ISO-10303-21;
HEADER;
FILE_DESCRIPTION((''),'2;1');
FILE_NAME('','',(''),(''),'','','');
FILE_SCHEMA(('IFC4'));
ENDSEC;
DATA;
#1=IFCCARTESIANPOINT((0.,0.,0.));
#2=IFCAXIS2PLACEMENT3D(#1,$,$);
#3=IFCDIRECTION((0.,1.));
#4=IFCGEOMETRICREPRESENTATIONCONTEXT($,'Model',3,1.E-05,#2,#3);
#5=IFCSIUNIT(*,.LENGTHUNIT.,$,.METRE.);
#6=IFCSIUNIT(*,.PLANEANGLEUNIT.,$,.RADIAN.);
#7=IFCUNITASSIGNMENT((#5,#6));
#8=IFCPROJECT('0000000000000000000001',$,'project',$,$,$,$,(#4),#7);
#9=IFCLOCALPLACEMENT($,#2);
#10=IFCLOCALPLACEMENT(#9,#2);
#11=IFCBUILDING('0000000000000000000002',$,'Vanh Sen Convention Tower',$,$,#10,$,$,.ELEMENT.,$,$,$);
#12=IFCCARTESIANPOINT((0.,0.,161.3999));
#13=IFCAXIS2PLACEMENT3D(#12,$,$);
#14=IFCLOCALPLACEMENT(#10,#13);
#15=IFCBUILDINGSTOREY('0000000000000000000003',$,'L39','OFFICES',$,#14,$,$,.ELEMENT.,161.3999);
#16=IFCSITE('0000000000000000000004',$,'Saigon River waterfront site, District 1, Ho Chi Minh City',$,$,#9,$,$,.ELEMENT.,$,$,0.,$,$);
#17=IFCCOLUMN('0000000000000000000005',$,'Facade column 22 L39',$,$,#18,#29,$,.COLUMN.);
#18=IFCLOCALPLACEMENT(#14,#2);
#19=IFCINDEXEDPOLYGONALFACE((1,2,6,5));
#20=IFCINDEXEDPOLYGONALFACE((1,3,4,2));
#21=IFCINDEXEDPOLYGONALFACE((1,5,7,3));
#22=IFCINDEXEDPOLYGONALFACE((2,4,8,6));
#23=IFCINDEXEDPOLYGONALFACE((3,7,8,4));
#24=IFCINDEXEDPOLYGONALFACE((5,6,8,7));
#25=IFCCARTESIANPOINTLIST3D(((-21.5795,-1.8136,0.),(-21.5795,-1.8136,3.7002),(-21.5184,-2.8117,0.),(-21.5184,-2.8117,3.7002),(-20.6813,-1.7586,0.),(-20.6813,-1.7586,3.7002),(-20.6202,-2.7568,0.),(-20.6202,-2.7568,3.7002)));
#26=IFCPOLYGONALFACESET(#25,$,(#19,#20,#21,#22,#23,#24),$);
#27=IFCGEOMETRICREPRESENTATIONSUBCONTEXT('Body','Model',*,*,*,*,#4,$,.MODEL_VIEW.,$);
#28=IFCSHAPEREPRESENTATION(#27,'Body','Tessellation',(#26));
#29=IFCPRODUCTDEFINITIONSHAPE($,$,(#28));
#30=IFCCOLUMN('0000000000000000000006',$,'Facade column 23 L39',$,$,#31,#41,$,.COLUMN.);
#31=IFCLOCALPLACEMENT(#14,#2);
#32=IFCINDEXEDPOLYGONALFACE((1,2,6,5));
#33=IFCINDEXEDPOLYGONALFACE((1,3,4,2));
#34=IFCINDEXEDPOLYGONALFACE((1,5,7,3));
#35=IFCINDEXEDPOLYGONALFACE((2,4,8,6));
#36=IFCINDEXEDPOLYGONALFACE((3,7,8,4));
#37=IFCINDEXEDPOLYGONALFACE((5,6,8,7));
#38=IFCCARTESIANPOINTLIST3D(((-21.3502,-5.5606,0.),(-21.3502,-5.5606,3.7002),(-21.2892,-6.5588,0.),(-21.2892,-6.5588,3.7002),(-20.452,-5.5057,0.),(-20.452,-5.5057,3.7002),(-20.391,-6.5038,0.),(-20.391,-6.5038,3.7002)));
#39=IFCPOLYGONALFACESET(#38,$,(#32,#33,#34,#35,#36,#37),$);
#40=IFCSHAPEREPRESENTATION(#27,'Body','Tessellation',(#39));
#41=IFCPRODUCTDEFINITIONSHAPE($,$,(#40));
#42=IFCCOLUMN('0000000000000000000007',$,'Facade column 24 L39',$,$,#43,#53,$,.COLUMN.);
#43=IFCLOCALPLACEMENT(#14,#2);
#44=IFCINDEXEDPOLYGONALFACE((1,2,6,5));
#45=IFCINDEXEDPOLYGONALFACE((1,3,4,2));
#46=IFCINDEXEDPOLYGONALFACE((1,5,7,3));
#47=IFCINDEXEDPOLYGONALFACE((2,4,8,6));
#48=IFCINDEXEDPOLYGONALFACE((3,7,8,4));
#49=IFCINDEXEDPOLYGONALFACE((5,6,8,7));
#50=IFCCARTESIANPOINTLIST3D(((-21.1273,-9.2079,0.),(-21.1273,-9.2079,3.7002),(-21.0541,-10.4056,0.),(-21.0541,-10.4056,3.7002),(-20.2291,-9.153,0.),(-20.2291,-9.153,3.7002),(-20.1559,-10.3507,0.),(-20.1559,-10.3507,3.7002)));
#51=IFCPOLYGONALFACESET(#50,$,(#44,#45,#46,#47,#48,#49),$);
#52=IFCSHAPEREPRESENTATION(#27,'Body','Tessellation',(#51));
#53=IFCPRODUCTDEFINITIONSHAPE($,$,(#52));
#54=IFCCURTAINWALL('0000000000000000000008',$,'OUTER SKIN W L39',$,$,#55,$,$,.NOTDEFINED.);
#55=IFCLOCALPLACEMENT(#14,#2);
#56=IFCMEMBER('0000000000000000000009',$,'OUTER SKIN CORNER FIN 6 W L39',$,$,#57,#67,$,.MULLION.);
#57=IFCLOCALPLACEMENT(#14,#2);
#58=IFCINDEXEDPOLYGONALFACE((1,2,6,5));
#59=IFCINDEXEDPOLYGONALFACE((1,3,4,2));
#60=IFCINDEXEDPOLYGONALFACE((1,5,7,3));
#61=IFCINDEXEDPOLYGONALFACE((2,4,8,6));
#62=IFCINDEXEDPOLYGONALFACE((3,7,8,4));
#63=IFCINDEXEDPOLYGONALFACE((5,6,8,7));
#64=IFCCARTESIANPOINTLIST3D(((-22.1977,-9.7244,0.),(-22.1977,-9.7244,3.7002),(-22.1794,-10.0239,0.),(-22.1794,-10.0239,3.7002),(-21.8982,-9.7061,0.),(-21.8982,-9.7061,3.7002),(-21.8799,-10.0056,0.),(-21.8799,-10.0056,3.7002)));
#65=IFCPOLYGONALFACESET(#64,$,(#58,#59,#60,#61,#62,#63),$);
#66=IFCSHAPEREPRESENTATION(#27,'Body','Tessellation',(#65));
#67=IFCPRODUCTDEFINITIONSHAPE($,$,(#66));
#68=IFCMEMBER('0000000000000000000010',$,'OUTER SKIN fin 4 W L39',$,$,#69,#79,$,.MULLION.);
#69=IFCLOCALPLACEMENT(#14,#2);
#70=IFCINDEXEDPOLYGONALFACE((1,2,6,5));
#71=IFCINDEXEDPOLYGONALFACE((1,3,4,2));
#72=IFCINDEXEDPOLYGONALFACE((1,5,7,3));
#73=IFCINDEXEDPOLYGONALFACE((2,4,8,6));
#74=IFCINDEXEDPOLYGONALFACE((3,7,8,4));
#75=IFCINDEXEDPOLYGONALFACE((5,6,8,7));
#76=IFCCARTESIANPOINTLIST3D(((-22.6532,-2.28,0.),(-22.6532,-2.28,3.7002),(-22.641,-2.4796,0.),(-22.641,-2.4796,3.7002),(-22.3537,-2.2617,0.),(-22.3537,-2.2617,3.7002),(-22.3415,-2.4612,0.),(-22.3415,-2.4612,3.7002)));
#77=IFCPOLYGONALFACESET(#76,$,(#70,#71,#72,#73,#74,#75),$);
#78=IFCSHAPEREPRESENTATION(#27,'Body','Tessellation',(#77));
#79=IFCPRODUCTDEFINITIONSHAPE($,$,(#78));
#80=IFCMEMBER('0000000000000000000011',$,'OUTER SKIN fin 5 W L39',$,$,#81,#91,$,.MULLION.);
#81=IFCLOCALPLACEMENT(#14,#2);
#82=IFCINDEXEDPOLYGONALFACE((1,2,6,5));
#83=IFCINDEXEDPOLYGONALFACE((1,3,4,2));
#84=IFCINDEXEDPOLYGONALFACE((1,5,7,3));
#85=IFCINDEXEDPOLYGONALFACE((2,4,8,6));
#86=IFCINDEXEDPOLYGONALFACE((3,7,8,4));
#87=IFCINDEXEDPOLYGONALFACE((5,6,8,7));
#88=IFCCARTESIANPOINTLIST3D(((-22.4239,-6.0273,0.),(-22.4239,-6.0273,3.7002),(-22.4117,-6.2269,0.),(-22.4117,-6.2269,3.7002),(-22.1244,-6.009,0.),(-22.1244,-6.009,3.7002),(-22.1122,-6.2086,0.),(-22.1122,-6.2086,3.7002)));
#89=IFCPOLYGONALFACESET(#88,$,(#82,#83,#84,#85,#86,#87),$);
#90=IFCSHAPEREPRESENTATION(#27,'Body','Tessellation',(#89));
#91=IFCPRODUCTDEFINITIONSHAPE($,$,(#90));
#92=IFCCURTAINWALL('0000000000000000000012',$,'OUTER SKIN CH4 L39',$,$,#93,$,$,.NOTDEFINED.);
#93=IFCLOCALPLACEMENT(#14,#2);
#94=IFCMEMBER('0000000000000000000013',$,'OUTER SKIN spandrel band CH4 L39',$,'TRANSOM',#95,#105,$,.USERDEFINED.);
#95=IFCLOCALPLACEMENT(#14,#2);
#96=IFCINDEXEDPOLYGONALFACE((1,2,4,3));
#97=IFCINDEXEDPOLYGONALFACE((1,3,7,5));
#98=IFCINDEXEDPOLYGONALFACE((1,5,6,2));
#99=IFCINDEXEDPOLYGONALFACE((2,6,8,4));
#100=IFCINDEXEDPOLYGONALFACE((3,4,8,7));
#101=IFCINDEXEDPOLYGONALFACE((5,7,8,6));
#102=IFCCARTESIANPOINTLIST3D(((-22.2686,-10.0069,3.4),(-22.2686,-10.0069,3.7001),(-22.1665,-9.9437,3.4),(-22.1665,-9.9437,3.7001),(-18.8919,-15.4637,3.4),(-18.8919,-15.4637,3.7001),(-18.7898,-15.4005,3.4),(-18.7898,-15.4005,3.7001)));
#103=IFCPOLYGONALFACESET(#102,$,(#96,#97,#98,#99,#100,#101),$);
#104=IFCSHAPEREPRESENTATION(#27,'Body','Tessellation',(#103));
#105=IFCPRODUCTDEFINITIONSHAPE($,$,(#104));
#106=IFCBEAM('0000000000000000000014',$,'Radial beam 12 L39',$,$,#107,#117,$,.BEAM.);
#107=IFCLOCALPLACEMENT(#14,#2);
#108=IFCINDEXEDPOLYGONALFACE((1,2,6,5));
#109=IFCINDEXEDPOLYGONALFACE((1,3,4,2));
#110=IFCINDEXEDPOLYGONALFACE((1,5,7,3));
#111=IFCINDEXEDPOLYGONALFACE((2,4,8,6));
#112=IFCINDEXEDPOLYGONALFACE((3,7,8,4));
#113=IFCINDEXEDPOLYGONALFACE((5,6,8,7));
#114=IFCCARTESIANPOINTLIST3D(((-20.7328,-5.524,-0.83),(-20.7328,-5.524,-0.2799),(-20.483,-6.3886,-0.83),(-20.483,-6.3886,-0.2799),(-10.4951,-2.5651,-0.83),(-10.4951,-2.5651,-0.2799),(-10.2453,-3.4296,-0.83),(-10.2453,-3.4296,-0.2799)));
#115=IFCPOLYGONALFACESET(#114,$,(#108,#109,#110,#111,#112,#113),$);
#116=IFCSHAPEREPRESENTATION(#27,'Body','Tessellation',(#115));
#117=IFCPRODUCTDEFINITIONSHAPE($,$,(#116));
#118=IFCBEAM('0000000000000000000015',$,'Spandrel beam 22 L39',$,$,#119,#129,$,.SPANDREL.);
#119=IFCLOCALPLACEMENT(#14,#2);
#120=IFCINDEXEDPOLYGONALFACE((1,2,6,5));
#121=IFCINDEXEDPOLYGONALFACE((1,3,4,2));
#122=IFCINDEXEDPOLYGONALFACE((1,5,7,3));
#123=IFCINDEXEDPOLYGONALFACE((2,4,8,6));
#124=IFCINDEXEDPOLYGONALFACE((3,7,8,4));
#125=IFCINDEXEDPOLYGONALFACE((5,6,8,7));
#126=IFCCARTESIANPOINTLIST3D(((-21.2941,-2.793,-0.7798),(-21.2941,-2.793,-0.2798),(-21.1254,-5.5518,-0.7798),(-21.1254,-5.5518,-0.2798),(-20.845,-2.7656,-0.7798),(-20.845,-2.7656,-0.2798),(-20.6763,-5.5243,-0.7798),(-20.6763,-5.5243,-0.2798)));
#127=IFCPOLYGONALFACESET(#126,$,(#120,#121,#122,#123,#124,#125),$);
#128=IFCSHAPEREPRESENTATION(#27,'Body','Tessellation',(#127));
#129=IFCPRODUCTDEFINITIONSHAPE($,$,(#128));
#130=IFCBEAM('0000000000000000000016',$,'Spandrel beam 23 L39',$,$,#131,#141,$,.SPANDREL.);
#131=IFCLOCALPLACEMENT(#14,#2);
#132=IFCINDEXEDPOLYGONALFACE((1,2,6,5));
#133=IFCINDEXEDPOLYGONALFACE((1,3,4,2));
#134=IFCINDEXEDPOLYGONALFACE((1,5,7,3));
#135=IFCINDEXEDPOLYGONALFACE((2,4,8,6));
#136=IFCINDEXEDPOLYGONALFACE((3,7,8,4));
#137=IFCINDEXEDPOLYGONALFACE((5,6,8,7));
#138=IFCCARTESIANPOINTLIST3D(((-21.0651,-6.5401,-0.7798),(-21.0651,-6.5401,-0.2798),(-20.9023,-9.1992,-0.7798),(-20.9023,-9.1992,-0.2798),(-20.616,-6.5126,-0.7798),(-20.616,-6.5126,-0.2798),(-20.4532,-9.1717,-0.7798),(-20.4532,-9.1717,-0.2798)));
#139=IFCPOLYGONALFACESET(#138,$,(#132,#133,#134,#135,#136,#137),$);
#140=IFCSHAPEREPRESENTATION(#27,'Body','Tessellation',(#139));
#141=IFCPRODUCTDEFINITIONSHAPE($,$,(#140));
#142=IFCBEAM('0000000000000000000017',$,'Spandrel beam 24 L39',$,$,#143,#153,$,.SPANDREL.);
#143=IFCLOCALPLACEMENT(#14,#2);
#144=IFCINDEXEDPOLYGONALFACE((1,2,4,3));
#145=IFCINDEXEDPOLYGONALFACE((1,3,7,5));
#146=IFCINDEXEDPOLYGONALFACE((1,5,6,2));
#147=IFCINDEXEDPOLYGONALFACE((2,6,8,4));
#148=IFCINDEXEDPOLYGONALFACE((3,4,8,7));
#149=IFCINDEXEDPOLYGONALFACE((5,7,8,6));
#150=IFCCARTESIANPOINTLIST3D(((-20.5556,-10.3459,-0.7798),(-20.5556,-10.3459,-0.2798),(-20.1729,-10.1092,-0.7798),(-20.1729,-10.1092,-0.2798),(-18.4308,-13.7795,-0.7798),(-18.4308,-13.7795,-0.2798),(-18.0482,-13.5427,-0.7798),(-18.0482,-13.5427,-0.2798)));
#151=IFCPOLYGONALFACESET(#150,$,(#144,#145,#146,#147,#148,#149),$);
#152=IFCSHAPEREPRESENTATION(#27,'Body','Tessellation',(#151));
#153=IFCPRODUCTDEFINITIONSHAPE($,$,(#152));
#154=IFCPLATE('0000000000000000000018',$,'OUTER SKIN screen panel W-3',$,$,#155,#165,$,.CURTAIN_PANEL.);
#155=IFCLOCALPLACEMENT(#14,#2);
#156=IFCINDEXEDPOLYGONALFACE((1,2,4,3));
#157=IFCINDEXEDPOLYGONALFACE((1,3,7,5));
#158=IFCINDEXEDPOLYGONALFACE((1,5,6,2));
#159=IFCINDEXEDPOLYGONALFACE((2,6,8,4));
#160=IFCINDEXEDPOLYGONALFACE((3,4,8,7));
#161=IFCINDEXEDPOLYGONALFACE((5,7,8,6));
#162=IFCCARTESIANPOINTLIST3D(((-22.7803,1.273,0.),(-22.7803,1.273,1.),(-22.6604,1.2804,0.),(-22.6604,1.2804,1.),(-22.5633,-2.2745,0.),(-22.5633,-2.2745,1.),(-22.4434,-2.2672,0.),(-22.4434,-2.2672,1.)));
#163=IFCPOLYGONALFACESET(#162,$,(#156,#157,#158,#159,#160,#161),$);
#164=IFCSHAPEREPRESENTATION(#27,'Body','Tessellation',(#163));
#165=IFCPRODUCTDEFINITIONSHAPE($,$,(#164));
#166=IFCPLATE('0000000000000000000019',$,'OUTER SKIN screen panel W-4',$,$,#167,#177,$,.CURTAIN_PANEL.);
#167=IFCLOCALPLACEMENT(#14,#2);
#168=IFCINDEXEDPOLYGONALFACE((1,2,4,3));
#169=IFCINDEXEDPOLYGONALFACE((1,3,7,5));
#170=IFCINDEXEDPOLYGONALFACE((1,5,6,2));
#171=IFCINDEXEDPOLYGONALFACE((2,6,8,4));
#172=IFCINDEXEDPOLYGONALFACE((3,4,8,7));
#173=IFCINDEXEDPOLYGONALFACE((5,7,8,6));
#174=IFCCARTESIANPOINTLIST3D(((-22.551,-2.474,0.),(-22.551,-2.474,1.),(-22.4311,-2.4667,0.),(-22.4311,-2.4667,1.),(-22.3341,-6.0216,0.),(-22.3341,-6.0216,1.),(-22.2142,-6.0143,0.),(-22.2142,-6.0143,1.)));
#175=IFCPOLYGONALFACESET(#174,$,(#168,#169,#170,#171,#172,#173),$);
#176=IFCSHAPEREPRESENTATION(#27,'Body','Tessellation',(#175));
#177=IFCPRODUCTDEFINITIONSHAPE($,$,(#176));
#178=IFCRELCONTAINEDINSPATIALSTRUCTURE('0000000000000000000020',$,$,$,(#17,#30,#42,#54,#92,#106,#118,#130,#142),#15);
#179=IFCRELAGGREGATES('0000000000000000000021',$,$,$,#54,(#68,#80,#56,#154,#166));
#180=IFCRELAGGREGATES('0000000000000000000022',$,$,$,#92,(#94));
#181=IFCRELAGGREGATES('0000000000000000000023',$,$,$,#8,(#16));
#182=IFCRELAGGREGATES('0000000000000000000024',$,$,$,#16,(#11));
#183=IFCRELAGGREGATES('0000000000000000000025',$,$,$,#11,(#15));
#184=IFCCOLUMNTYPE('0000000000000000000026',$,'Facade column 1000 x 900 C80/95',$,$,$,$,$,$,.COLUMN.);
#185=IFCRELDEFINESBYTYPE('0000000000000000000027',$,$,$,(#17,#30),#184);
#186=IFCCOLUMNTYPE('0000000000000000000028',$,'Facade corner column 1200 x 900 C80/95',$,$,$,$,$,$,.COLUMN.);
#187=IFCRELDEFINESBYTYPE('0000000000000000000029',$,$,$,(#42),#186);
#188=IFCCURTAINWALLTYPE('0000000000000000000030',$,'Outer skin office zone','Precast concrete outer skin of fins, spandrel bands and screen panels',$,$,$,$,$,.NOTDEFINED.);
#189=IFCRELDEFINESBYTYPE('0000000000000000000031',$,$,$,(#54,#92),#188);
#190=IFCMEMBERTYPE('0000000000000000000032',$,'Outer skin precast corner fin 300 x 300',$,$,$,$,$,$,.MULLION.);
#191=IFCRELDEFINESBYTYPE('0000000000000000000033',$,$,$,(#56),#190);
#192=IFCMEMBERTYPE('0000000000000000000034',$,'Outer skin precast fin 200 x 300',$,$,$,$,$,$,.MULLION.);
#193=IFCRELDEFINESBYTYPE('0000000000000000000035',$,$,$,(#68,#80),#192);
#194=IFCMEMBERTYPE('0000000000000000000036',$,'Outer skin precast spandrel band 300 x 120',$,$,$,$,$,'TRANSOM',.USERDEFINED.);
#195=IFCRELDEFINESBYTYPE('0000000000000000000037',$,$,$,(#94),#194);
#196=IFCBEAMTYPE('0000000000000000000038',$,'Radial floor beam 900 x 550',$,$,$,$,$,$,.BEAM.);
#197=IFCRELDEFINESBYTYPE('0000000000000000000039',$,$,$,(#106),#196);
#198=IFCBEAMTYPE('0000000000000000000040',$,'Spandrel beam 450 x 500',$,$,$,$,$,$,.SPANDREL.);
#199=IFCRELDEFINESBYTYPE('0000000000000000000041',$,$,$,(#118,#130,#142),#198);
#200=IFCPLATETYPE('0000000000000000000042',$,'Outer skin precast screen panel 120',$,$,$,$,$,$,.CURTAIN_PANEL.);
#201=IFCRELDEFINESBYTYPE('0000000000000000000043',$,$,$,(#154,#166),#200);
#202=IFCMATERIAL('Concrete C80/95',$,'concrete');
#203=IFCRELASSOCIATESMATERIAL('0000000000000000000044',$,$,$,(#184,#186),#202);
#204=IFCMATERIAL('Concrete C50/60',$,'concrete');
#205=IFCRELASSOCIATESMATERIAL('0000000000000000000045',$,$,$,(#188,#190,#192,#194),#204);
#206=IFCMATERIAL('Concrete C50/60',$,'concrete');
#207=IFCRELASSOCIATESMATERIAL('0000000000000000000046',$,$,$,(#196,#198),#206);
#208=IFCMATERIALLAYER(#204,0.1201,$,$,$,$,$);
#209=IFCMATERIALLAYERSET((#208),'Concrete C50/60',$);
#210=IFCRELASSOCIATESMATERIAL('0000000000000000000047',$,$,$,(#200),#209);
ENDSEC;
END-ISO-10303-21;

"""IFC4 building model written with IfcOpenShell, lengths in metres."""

from ifc_helpers import new_model, si_unit, direction, frame, origin, origin_2d, place, context, subcontext, project, spatial, rectangle, extrude, material, layer, layer_set, material_profile, profile_set, type_object, element, aggregate, save


model = new_model("IFC4")

# Units and contexts
model_context = context("Model", 3, precision=1e-05, world=origin(), true_north=direction((0.0, 1.0)))
body_context = subcontext(model_context, "Body", "Model", "MODEL_VIEW")
ifc_project = project(units=[si_unit("LENGTHUNIT", "METRE"), si_unit("PLANEANGLEUNIT", "RADIAN")], contexts=[model_context])

# Site, building, storey
site_placement = place(None, origin())
site = spatial("IfcSite", under=ifc_project, at=site_placement, Name="Saigon River waterfront site, District 1, Ho Chi Minh City", CompositionType="ELEMENT", RefElevation=0.0)
building_placement = place(site_placement, origin())
building = spatial("IfcBuilding", under=site, at=building_placement, Name="Vanh Sen Convention Tower", CompositionType="ELEMENT")
storey_placement = place(building_placement, frame((0.0, 0.0, 161.3999)))
storey = spatial("IfcBuildingStorey", under=building, at=storey_placement, Name="L39", Description="OFFICES", CompositionType="ELEMENT", Elevation=161.3999)

# Columns
ifc_material_1 = material(Name="Concrete C80/95", Category="concrete")
ifc_material_profile_1 = material_profile(ifc_material_1, rectangle(XDim=1.0, YDim=0.8999, at=origin_2d()), Name="RC 1000X900")
ifc_profile_set_1 = profile_set([ifc_material_profile_1], Name="Concrete C80/95")
column_type_1 = type_object("IfcColumnType", Name="Facade column 1000 x 900 C80/95", PredefinedType="COLUMN", material=ifc_profile_set_1)
for number, where, z_axis, x_axis, name in (
    (1, (-21.0999, -2.2852, 0.0), (0.0, 0.0, 1.0), (0.061049, -0.998135, 0.0), "Facade column 22 L39"),
    (2, (-20.8706, -6.0322, 0.0), (0.0, 0.0, 1.0), (0.061049, -0.998135, 0.0), "Facade column 23 L39"),
):
    element("IfcColumn", number, at=place(storey_placement, frame(where, z_axis=z_axis, x_axis=x_axis)), inside=storey, type_object=column_type_1, Name=name, PredefinedType="COLUMN", context=body_context, shape_type="SweptSolid", body=[
        extrude(rectangle(XDim=1.0, YDim=0.8999, at=origin_2d()), origin(), (0.0, 0.0, 1.0), 3.7002),
    ])
ifc_material_profile_2 = material_profile(ifc_material_1, rectangle(XDim=1.2, YDim=0.8999, at=origin_2d()), Name="RC 1200X900")
ifc_profile_set_2 = profile_set([ifc_material_profile_2], Name="Concrete C80/95")
column_type_2 = type_object("IfcColumnType", Name="Facade corner column 1200 x 900 C80/95", PredefinedType="COLUMN", material=ifc_profile_set_2)
column_placement = place(storey_placement, frame((-20.6416, -9.7793, 0.0), z_axis=(0.0, 0.0, 1.0), x_axis=(0.061049, -0.998135, 0.0)))
element("IfcColumn", 3, at=column_placement, inside=storey, type_object=column_type_2, Name="Facade column 24 L39", PredefinedType="COLUMN", context=body_context, shape_type="SweptSolid", body=[
    extrude(rectangle(XDim=1.2, YDim=0.8999, at=origin_2d()), origin(), (0.0, 0.0, 1.0), 3.7002),
])

# Curtain wall, members
ifc_material_2 = material(Name="Concrete C50/60", Category="concrete")
curtain_wall_type = type_object("IfcCurtainWallType", Name="Outer skin office zone", Description="Precast concrete outer skin of fins, spandrel bands and screen panels", PredefinedType="NOTDEFINED", material=ifc_material_2)
curtain_wall_1_placement = place(storey_placement, origin())
curtain_wall_1 = element("IfcCurtainWall", 4, at=curtain_wall_1_placement, inside=storey, type_object=curtain_wall_type, Name="OUTER SKIN W L39", PredefinedType="NOTDEFINED")
ifc_material_profile_3 = material_profile(ifc_material_2, rectangle(XDim=0.3, YDim=0.3, at=origin_2d()), Name="Outer skin precast corner fin 300 x 300")
ifc_profile_set_3 = profile_set([ifc_material_profile_3], Name="Concrete C50/60")
member_type_1 = type_object("IfcMemberType", Name="Outer skin precast corner fin 300 x 300", PredefinedType="MULLION", material=ifc_profile_set_3)
member_1_placement = place(storey_placement, frame((-22.0388, -9.865, 0.0), z_axis=(0.0, 0.0, 1.0), x_axis=(0.061049, -0.998135, 0.0)))
member_1 = element("IfcMember", 5, at=member_1_placement, type_object=member_type_1, Name="OUTER SKIN CORNER FIN 6 W L39", PredefinedType="MULLION", context=body_context, shape_type="SweptSolid", body=[
    extrude(rectangle(XDim=0.3, YDim=0.3, at=origin_2d()), origin(), (0.0, 0.0, 1.0), 3.7002),
])
ifc_material_profile_4 = material_profile(ifc_material_2, rectangle(XDim=0.2, YDim=0.3, at=origin_2d()), Name="Outer skin precast fin 200 x 300")
ifc_profile_set_4 = profile_set([ifc_material_profile_4], Name="Concrete C50/60")
member_type_2 = type_object("IfcMemberType", Name="Outer skin precast fin 200 x 300", PredefinedType="MULLION", material=ifc_profile_set_4)
member_2_placement = place(storey_placement, frame((-22.4973, -2.3706, 0.0), z_axis=(0.0, 0.0, 1.0), x_axis=(0.061049, -0.998135, 0.0)))
member_2 = element("IfcMember", 6, at=member_2_placement, type_object=member_type_2, Name="OUTER SKIN fin 4 W L39", PredefinedType="MULLION", context=body_context, shape_type="SweptSolid", body=[
    extrude(rectangle(XDim=0.2, YDim=0.3, at=origin_2d()), origin(), (0.0, 0.0, 1.0), 3.7002),
])
member_3_placement = place(storey_placement, frame((-22.2681, -6.1179, 0.0), z_axis=(0.0, 0.0, 1.0), x_axis=(0.061049, -0.998135, 0.0)))
member_3 = element("IfcMember", 7, at=member_3_placement, type_object=member_type_2, Name="OUTER SKIN fin 5 W L39", PredefinedType="MULLION", context=body_context, shape_type="SweptSolid", body=[
    extrude(rectangle(XDim=0.2, YDim=0.3, at=origin_2d()), origin(), (0.0, 0.0, 1.0), 3.7002),
])

# Curtain wall, member
curtain_wall_2_placement = place(storey_placement, origin())
curtain_wall_2 = element("IfcCurtainWall", 8, at=curtain_wall_2_placement, inside=storey, type_object=curtain_wall_type, Name="OUTER SKIN CH4 L39", PredefinedType="NOTDEFINED")
ifc_material_profile_5 = material_profile(ifc_material_2, rectangle(XDim=0.1201, YDim=0.3, at=origin_2d()), Name="Outer skin precast spandrel band 300 x 120")
ifc_profile_set_5 = profile_set([ifc_material_profile_5], Name="Concrete C50/60")
member_type_3 = type_object("IfcMemberType", Name="Outer skin precast spandrel band 300 x 120", ElementType="TRANSOM", PredefinedType="USERDEFINED", material=ifc_profile_set_5)
member_4_placement = place(storey_placement, frame((-22.2175, -9.9753, 3.55), z_axis=(0.526208, -0.850356, 0.0), x_axis=(0.850356, 0.526208, 0.0)))
member_4 = element("IfcMember", 9, at=member_4_placement, type_object=member_type_3, Name="OUTER SKIN spandrel band CH4 L39", ObjectType="TRANSOM", PredefinedType="USERDEFINED", context=body_context, shape_type="SweptSolid", body=[
    extrude(rectangle(XDim=0.1201, YDim=0.3, at=origin_2d()), origin(), (0.0, 0.0, 1.0), 6.417),
])

# Beams
ifc_material_3 = material(Name="Concrete C50/60", Category="concrete")
ifc_material_profile_6 = material_profile(ifc_material_3, rectangle(XDim=0.8999, YDim=0.55, at=origin_2d()), Name="RC 900X550")
ifc_profile_set_6 = profile_set([ifc_material_profile_6], Name="Concrete C50/60")
beam_type_1 = type_object("IfcBeamType", Name="Radial floor beam 900 x 550", PredefinedType="BEAM", material=ifc_profile_set_6)
beam_1_placement = place(storey_placement, frame((-20.6079, -5.9563, -0.5549), z_axis=(0.960679, 0.277661, 0.0), x_axis=(-0.277661, 0.960679, 0.0)))
element("IfcBeam", 10, at=beam_1_placement, inside=storey, type_object=beam_type_1, Name="Radial beam 12 L39", PredefinedType="BEAM", context=body_context, shape_type="SweptSolid", body=[
    extrude(rectangle(XDim=0.8999, YDim=0.55, at=origin_2d()), origin(), (0.0, 0.0, 1.0), 10.6567),
])
ifc_material_profile_7 = material_profile(ifc_material_3, rectangle(XDim=0.45, YDim=0.5, at=origin_2d()), Name="RC 450X500")
ifc_profile_set_7 = profile_set([ifc_material_profile_7], Name="Concrete C50/60")
beam_type_2 = type_object("IfcBeamType", Name="Spandrel beam 450 x 500", PredefinedType="SPANDREL", material=ifc_profile_set_7)
beam_2_placement = place(storey_placement, frame((-21.0696, -2.7793, -0.5298), z_axis=(0.061036, -0.998136, 0.0), x_axis=(0.998136, 0.061036, 0.0)))
element("IfcBeam", 11, at=beam_2_placement, inside=storey, type_object=beam_type_2, Name="Spandrel beam 22 L39", PredefinedType="SPANDREL", context=body_context, shape_type="SweptSolid", body=[
    extrude(rectangle(XDim=0.45, YDim=0.5, at=origin_2d()), origin(), (0.0, 0.0, 1.0), 2.7639),
])
beam_3_placement = place(storey_placement, frame((-20.8406, -6.5264, -0.5298), z_axis=(0.061123, -0.99813, 0.0), x_axis=(0.99813, 0.061123, 0.0)))
element("IfcBeam", 12, at=beam_3_placement, inside=storey, type_object=beam_type_2, Name="Spandrel beam 23 L39", PredefinedType="SPANDREL", context=body_context, shape_type="SweptSolid", body=[
    extrude(rectangle(XDim=0.45, YDim=0.5, at=origin_2d()), origin(), (0.0, 0.0, 1.0), 2.6641),
])
beam_4_placement = place(storey_placement, frame((-20.3643, -10.2275, -0.5298), z_axis=(0.526211, -0.850354, 0.0), x_axis=(0.850354, 0.526211, 0.0)))
element("IfcBeam", 13, at=beam_4_placement, inside=storey, type_object=beam_type_2, Name="Spandrel beam 24 L39", PredefinedType="SPANDREL", context=body_context, shape_type="SweptSolid", body=[
    extrude(rectangle(XDim=0.45, YDim=0.5, at=origin_2d()), origin(), (0.0, 0.0, 1.0), 4.0378),
])

# Plates
ifc_layer_1 = layer(ifc_material_2, 0.1201)
ifc_layer_set_1 = layer_set([ifc_layer_1], Name="Concrete C50/60")
plate_type = type_object("IfcPlateType", Name="Outer skin precast screen panel 120", PredefinedType="CURTAIN_PANEL", material=ifc_layer_set_1)
plate_1_placement = place(storey_placement, frame((-22.6118, -0.4971, 0.0), z_axis=(0.0, 0.0, 1.0), x_axis=(0.061054, -0.998134, 0.0)))
plate_1 = element("IfcPlate", 14, at=plate_1_placement, type_object=plate_type, Name="OUTER SKIN screen panel W-3", PredefinedType="CURTAIN_PANEL", context=body_context, shape_type="SweptSolid", body=[
    extrude(rectangle(XDim=3.5542, YDim=0.1201, at=origin_2d()), origin(), (0.0, 0.0, 1.0), 1.0),
])
plate_2_placement = place(storey_placement, frame((-22.3826, -4.2441, 0.0), z_axis=(0.0, 0.0, 1.0), x_axis=(0.061026, -0.998136, 0.0)))
plate_2 = element("IfcPlate", 15, at=plate_2_placement, type_object=plate_type, Name="OUTER SKIN screen panel W-4", PredefinedType="CURTAIN_PANEL", context=body_context, shape_type="SweptSolid", body=[
    extrude(rectangle(XDim=3.5542, YDim=0.1201, at=origin_2d()), origin(), (0.0, 0.0, 1.0), 1.0),
])
aggregate(curtain_wall_1, [member_2, member_3, member_1, plate_1, plate_2])
aggregate(curtain_wall_2, [member_4])

save(model, "model.ifc")
